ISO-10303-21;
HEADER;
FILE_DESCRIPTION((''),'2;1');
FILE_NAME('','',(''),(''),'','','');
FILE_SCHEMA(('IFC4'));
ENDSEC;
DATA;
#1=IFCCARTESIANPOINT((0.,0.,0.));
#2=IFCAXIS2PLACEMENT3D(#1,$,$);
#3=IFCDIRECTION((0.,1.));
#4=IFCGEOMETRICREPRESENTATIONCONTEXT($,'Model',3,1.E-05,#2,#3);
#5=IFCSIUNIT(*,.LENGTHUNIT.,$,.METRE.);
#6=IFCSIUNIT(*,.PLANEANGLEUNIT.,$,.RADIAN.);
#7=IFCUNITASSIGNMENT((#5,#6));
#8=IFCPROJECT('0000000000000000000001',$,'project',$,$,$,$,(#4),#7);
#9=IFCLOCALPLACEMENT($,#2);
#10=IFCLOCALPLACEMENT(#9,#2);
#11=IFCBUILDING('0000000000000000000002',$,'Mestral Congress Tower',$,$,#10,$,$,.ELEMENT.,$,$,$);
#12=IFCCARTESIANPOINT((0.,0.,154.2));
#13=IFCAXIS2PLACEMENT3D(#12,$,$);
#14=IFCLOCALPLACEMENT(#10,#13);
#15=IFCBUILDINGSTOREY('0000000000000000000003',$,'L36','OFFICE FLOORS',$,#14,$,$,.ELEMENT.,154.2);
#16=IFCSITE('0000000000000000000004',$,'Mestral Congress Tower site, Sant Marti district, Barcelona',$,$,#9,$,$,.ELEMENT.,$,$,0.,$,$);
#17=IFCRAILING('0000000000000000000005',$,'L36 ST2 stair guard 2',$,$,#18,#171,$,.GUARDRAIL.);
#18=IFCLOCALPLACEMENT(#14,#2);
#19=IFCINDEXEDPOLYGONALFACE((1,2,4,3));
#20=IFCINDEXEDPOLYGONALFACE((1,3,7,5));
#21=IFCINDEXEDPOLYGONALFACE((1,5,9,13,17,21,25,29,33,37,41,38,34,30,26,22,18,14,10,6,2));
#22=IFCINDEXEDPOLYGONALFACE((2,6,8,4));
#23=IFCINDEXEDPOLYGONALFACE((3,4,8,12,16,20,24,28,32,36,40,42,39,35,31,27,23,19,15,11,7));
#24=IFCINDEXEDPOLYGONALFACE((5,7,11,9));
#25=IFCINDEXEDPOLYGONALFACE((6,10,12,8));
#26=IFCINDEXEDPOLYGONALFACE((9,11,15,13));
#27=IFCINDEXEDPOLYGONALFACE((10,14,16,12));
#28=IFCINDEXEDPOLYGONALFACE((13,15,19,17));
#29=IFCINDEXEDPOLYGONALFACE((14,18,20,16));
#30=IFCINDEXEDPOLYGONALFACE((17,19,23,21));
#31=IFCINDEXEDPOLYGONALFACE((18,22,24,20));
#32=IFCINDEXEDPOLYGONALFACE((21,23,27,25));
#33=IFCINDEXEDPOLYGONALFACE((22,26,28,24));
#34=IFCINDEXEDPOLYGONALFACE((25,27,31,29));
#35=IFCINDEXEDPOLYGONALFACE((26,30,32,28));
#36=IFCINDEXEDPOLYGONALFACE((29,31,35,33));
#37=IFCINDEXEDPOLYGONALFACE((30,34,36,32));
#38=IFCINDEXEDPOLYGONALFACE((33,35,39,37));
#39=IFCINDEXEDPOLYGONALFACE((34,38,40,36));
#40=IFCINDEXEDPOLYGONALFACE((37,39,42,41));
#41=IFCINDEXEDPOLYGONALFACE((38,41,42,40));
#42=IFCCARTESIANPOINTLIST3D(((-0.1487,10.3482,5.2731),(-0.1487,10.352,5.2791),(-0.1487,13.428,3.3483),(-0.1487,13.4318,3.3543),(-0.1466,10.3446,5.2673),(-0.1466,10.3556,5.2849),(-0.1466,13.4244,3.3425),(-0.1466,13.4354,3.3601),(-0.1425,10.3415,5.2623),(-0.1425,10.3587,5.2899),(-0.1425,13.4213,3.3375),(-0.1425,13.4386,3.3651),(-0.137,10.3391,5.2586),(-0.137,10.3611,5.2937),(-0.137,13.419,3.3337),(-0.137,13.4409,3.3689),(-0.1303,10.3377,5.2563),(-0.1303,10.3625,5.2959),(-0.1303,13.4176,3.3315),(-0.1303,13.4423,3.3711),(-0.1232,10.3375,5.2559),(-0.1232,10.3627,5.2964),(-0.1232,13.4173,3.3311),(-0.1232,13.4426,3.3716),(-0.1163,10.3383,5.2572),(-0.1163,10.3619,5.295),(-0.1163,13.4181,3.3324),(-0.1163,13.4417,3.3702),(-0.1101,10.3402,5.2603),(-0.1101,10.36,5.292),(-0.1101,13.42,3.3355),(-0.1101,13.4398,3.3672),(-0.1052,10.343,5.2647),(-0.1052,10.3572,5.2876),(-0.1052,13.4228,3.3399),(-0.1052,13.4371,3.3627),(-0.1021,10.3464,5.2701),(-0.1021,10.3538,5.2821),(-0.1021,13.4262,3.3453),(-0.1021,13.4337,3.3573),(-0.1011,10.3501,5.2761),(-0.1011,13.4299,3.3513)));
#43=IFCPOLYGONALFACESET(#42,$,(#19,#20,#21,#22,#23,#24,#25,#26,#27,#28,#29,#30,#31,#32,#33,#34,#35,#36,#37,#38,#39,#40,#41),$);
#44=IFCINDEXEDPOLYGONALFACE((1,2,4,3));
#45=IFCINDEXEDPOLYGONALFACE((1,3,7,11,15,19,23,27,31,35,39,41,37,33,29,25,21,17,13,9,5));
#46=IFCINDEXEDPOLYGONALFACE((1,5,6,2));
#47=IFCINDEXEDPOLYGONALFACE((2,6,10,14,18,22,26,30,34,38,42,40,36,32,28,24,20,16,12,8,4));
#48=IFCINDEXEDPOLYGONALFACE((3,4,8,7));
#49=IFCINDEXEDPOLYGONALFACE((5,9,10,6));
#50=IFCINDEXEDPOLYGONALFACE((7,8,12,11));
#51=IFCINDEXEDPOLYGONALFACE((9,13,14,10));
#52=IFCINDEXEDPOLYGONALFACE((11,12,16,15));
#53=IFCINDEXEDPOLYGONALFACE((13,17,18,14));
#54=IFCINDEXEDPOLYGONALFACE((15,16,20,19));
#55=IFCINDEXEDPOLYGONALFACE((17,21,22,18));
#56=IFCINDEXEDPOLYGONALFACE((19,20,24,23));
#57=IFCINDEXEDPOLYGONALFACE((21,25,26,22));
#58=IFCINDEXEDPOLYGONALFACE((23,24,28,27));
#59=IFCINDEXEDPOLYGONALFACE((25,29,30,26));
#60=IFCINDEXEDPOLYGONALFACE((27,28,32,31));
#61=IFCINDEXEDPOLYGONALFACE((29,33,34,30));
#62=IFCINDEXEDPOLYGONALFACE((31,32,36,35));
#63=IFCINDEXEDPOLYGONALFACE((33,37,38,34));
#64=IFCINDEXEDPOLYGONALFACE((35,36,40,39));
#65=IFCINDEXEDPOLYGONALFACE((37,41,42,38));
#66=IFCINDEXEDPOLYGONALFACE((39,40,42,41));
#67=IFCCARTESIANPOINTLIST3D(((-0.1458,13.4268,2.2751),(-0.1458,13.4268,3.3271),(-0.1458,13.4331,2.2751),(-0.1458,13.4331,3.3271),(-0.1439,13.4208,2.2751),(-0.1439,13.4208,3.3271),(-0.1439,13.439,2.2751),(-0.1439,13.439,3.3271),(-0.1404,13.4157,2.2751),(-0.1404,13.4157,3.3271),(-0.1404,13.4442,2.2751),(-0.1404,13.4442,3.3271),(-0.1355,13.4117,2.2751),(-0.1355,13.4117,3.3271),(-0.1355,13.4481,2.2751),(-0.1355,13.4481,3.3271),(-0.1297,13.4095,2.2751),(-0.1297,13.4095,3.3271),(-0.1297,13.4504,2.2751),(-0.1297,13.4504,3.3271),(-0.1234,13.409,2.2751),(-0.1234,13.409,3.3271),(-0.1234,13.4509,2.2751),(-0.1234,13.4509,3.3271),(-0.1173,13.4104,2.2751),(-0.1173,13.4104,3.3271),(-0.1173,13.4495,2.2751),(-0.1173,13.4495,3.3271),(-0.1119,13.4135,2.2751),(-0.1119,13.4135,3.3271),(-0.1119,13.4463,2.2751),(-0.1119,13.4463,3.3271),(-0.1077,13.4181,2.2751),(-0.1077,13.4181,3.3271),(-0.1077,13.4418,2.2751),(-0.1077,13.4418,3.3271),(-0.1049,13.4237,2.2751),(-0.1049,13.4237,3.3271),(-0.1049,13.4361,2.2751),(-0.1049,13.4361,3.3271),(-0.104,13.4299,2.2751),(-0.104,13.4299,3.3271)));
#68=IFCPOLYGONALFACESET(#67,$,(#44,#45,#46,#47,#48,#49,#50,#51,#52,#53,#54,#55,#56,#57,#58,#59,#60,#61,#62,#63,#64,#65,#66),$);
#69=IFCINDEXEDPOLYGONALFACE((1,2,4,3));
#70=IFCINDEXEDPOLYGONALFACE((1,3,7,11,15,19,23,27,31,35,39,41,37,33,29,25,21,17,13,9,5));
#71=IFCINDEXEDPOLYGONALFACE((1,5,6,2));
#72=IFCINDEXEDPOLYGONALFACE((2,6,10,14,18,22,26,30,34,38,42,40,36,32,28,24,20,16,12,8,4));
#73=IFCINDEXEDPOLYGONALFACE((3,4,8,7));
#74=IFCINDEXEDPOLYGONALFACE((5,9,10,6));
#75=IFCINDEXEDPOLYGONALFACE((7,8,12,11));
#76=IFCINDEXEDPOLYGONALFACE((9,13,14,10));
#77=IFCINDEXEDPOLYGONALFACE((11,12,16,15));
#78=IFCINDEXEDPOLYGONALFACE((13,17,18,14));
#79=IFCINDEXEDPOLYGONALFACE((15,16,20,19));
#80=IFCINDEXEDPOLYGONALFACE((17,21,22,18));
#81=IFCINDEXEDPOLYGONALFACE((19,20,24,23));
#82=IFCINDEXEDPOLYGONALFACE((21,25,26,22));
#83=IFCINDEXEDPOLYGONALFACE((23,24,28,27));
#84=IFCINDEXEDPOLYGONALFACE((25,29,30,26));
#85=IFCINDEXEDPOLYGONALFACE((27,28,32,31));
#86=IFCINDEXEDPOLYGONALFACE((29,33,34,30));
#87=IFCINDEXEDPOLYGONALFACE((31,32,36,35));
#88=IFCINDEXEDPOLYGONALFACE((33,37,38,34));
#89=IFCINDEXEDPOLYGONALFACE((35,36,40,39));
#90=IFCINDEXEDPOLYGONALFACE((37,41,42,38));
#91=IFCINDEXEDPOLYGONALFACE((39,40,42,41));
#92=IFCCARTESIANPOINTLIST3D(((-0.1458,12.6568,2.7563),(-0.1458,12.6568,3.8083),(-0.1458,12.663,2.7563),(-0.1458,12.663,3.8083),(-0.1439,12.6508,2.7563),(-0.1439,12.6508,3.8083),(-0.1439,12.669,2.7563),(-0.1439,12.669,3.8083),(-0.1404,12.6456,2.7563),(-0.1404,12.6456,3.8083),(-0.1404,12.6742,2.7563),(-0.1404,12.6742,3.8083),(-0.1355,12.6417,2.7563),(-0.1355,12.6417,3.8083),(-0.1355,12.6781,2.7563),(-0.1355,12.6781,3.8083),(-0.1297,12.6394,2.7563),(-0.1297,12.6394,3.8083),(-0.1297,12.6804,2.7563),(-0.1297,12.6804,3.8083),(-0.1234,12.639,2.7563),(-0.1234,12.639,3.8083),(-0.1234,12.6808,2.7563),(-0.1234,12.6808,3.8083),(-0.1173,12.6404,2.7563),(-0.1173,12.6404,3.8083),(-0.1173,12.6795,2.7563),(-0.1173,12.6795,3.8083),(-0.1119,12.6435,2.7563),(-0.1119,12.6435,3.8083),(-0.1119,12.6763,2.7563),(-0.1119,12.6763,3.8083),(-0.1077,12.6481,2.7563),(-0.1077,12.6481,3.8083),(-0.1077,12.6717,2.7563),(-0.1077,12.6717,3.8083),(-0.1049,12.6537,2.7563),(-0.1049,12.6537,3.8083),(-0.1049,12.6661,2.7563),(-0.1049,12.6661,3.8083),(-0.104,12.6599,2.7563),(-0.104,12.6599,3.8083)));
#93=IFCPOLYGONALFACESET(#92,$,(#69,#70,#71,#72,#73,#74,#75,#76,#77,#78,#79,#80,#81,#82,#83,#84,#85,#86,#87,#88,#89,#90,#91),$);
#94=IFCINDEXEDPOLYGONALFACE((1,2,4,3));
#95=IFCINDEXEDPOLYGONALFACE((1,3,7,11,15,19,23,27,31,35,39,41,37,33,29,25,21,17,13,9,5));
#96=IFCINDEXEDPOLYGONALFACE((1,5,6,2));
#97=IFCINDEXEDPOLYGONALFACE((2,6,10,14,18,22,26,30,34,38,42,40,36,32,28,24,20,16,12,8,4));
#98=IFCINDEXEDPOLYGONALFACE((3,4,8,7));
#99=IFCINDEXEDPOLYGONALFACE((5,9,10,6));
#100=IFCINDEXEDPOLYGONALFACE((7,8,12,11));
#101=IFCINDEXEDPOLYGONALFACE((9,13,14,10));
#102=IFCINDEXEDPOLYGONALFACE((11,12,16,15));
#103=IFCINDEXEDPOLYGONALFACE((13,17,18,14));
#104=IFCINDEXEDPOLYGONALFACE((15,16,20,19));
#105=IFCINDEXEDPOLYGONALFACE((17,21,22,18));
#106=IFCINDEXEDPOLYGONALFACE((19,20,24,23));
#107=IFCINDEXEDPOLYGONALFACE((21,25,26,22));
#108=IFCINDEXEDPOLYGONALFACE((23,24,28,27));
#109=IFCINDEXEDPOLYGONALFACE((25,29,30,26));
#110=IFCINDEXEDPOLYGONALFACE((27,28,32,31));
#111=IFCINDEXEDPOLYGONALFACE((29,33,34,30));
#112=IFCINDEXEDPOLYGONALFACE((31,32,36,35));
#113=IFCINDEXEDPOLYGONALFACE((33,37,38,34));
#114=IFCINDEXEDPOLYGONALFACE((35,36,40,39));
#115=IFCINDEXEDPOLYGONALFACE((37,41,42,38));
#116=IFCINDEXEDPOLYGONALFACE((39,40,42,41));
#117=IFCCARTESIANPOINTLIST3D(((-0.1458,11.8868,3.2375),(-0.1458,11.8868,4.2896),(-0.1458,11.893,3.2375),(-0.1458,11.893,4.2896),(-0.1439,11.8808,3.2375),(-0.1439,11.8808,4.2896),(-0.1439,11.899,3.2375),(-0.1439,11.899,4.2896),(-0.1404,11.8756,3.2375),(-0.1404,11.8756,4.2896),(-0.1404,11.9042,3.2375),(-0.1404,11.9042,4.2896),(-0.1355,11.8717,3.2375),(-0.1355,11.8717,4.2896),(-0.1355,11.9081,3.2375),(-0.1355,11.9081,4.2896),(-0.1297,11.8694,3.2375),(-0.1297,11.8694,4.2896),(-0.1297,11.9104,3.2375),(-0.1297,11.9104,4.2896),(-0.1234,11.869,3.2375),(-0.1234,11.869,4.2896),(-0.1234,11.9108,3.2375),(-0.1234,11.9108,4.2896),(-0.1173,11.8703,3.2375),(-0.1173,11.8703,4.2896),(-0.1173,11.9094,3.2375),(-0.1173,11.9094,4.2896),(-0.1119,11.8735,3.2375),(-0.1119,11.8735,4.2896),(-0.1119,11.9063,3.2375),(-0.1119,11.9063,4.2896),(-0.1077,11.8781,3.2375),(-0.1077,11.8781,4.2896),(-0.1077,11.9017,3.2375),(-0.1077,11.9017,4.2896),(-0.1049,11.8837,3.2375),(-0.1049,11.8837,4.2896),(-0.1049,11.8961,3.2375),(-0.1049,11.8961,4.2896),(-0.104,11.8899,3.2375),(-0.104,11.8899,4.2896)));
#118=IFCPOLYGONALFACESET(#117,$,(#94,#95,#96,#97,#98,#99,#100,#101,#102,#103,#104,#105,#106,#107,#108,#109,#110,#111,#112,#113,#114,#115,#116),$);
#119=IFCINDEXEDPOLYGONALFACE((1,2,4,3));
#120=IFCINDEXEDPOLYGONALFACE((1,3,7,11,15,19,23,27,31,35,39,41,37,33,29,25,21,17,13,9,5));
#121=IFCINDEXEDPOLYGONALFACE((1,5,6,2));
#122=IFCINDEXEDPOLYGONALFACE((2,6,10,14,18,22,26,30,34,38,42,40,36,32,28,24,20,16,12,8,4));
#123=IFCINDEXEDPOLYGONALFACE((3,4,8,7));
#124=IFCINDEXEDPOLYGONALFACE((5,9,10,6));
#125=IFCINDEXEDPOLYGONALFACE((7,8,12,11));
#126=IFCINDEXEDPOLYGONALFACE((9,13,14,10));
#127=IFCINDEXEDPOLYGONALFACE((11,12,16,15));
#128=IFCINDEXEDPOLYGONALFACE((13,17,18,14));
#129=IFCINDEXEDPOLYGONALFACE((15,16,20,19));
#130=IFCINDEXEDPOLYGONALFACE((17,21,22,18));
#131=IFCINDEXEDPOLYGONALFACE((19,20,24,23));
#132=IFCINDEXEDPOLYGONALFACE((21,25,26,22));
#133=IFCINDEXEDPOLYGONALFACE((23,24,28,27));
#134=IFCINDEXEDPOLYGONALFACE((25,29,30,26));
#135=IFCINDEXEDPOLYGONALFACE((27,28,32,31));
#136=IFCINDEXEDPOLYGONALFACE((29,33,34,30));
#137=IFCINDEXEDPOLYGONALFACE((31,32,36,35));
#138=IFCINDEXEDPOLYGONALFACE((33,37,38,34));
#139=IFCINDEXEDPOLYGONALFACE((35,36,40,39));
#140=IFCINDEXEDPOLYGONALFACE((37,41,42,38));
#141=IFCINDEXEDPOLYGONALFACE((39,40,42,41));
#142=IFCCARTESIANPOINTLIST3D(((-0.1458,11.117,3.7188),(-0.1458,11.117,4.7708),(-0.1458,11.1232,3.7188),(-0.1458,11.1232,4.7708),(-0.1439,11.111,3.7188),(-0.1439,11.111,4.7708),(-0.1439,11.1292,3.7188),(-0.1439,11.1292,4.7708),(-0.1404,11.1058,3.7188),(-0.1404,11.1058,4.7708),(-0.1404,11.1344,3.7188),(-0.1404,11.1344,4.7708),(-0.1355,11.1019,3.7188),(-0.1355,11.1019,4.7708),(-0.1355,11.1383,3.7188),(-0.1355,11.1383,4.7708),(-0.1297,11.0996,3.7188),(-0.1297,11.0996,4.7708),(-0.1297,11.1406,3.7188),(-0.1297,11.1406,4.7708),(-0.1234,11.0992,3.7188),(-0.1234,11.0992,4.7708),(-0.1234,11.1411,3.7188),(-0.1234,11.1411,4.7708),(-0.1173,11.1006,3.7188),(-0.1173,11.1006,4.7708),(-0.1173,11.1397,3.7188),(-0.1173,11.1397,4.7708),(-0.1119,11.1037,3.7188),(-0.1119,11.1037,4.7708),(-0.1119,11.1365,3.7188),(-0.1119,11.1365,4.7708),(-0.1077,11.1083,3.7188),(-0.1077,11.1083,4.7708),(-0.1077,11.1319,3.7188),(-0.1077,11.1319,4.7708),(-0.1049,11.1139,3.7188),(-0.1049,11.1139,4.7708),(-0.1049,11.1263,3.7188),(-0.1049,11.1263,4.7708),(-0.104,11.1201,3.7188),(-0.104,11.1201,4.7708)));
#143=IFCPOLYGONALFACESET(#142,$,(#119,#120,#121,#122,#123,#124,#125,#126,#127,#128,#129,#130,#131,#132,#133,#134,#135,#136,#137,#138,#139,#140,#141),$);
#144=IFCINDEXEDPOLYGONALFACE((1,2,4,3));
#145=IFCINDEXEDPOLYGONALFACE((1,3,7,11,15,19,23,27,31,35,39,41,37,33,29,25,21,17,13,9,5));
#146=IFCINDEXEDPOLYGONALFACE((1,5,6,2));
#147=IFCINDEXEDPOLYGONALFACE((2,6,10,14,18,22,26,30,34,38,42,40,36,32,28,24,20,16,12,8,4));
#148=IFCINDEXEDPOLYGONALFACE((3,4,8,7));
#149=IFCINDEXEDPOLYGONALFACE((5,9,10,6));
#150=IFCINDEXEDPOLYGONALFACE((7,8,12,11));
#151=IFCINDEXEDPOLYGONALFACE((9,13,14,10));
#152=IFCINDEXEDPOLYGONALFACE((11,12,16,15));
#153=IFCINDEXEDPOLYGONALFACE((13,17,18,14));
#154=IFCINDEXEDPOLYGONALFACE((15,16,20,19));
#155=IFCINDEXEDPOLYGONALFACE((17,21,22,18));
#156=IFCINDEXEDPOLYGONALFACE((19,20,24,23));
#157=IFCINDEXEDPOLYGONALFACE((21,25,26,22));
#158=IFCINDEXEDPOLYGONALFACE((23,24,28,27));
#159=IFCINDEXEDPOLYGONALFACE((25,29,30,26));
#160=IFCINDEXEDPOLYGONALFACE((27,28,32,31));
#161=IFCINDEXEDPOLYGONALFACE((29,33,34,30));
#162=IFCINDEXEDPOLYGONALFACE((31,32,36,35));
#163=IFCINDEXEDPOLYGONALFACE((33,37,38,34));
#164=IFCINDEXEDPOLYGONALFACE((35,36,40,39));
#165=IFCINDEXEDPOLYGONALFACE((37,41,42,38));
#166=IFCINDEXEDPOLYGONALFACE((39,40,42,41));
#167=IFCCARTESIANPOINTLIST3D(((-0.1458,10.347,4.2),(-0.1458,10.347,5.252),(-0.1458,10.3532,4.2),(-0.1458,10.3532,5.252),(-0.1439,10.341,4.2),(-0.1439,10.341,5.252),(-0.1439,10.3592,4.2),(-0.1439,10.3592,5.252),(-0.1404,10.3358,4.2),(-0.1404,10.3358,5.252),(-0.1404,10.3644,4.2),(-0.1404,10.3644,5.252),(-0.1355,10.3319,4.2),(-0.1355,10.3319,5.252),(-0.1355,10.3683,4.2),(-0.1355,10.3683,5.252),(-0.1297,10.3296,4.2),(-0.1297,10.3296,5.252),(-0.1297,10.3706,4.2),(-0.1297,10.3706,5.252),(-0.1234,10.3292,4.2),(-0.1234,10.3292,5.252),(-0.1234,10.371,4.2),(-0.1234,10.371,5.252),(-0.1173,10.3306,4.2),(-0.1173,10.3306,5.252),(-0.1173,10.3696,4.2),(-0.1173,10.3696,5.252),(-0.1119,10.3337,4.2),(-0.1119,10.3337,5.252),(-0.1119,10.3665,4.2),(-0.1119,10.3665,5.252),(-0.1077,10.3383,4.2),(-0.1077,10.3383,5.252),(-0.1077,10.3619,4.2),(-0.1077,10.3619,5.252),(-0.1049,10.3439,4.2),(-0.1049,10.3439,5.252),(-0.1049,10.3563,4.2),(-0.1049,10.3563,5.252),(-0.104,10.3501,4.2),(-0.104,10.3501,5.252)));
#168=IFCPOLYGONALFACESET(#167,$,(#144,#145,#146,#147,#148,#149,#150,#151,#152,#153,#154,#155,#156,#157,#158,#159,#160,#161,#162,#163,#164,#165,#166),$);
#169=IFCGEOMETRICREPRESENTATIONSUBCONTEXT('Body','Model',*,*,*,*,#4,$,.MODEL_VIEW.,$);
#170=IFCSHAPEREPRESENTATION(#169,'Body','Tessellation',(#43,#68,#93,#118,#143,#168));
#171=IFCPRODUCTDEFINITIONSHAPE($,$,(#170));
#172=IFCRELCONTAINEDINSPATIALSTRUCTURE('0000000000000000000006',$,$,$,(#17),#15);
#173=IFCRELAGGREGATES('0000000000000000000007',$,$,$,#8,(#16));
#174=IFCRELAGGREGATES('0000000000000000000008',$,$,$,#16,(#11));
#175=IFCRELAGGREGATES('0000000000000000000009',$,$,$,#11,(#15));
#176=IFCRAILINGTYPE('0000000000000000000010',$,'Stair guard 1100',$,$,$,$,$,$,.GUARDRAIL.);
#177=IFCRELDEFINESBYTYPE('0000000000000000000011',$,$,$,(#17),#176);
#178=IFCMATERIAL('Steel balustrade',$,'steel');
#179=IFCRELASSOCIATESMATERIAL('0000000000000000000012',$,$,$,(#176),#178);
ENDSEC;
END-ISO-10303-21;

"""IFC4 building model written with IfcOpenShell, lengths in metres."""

from ifc_helpers import new_model, si_unit, direction, frame, origin, origin_2d, place, context, subcontext, project, spatial, circle, extrude, material, type_object, element, save


model = new_model("IFC4")

# Units and contexts
model_context = context("Model", 3, precision=1e-05, world=origin(), true_north=direction((0.0, 1.0)))
body_context = subcontext(model_context, "Body", "Model", "MODEL_VIEW")
ifc_project = project(units=[si_unit("LENGTHUNIT", "METRE"), si_unit("PLANEANGLEUNIT", "RADIAN")], contexts=[model_context])

# Site, building, storey
site_placement = place(None, origin())
site = spatial("IfcSite", under=ifc_project, at=site_placement, Name="Mestral Congress Tower site, Sant Marti district, Barcelona", CompositionType="ELEMENT", RefElevation=0.0)
building_placement = place(site_placement, origin())
building = spatial("IfcBuilding", under=site, at=building_placement, Name="Mestral Congress Tower", CompositionType="ELEMENT")
storey_placement = place(building_placement, frame((0.0, 0.0, 154.2)))
storey = spatial("IfcBuildingStorey", under=building, at=storey_placement, Name="L36", Description="OFFICE FLOORS", CompositionType="ELEMENT", Elevation=154.2)

# Railing
ifc_material_1 = material(Name="Steel balustrade", Category="steel")
railing_type = type_object("IfcRailingType", Name="Stair guard 1100", PredefinedType="GUARDRAIL", material=ifc_material_1)
railing_placement = place(storey_placement, frame((-0.125, 13.4299, 2.2751)))
element("IfcRailing", 1, at=railing_placement, inside=storey, type_object=railing_type, Name="L36 ST2 stair guard 2", PredefinedType="GUARDRAIL", context=body_context, shape_type="SweptSolid", body=[
    extrude(circle(Radius=0.0239, at=origin_2d()), frame((0.0, 0.0, 1.0762), z_axis=(0.0, -0.84801, 0.529981), x_axis=(1.0, 0.0, 0.0)), (0.0, 0.0, 1.0), 3.6318),
    extrude(circle(Radius=0.021, at=origin_2d()), origin(), (0.0, 0.0, 1.0), 1.052),
    extrude(circle(Radius=0.021, at=origin_2d()), frame((0.0, -0.77, 0.4812)), (0.0, 0.0, 1.0), 1.052),
    extrude(circle(Radius=0.021, at=origin_2d()), frame((0.0, -1.54, 0.9624)), (0.0, 0.0, 1.0), 1.052),
    extrude(circle(Radius=0.021, at=origin_2d()), frame((0.0, -2.3098, 1.4436)), (0.0, 0.0, 1.0), 1.052),
    extrude(circle(Radius=0.021, at=origin_2d()), frame((0.0, -3.0798, 1.9248)), (0.0, 0.0, 1.0), 1.052),
])

save(model, "model.ifc")
